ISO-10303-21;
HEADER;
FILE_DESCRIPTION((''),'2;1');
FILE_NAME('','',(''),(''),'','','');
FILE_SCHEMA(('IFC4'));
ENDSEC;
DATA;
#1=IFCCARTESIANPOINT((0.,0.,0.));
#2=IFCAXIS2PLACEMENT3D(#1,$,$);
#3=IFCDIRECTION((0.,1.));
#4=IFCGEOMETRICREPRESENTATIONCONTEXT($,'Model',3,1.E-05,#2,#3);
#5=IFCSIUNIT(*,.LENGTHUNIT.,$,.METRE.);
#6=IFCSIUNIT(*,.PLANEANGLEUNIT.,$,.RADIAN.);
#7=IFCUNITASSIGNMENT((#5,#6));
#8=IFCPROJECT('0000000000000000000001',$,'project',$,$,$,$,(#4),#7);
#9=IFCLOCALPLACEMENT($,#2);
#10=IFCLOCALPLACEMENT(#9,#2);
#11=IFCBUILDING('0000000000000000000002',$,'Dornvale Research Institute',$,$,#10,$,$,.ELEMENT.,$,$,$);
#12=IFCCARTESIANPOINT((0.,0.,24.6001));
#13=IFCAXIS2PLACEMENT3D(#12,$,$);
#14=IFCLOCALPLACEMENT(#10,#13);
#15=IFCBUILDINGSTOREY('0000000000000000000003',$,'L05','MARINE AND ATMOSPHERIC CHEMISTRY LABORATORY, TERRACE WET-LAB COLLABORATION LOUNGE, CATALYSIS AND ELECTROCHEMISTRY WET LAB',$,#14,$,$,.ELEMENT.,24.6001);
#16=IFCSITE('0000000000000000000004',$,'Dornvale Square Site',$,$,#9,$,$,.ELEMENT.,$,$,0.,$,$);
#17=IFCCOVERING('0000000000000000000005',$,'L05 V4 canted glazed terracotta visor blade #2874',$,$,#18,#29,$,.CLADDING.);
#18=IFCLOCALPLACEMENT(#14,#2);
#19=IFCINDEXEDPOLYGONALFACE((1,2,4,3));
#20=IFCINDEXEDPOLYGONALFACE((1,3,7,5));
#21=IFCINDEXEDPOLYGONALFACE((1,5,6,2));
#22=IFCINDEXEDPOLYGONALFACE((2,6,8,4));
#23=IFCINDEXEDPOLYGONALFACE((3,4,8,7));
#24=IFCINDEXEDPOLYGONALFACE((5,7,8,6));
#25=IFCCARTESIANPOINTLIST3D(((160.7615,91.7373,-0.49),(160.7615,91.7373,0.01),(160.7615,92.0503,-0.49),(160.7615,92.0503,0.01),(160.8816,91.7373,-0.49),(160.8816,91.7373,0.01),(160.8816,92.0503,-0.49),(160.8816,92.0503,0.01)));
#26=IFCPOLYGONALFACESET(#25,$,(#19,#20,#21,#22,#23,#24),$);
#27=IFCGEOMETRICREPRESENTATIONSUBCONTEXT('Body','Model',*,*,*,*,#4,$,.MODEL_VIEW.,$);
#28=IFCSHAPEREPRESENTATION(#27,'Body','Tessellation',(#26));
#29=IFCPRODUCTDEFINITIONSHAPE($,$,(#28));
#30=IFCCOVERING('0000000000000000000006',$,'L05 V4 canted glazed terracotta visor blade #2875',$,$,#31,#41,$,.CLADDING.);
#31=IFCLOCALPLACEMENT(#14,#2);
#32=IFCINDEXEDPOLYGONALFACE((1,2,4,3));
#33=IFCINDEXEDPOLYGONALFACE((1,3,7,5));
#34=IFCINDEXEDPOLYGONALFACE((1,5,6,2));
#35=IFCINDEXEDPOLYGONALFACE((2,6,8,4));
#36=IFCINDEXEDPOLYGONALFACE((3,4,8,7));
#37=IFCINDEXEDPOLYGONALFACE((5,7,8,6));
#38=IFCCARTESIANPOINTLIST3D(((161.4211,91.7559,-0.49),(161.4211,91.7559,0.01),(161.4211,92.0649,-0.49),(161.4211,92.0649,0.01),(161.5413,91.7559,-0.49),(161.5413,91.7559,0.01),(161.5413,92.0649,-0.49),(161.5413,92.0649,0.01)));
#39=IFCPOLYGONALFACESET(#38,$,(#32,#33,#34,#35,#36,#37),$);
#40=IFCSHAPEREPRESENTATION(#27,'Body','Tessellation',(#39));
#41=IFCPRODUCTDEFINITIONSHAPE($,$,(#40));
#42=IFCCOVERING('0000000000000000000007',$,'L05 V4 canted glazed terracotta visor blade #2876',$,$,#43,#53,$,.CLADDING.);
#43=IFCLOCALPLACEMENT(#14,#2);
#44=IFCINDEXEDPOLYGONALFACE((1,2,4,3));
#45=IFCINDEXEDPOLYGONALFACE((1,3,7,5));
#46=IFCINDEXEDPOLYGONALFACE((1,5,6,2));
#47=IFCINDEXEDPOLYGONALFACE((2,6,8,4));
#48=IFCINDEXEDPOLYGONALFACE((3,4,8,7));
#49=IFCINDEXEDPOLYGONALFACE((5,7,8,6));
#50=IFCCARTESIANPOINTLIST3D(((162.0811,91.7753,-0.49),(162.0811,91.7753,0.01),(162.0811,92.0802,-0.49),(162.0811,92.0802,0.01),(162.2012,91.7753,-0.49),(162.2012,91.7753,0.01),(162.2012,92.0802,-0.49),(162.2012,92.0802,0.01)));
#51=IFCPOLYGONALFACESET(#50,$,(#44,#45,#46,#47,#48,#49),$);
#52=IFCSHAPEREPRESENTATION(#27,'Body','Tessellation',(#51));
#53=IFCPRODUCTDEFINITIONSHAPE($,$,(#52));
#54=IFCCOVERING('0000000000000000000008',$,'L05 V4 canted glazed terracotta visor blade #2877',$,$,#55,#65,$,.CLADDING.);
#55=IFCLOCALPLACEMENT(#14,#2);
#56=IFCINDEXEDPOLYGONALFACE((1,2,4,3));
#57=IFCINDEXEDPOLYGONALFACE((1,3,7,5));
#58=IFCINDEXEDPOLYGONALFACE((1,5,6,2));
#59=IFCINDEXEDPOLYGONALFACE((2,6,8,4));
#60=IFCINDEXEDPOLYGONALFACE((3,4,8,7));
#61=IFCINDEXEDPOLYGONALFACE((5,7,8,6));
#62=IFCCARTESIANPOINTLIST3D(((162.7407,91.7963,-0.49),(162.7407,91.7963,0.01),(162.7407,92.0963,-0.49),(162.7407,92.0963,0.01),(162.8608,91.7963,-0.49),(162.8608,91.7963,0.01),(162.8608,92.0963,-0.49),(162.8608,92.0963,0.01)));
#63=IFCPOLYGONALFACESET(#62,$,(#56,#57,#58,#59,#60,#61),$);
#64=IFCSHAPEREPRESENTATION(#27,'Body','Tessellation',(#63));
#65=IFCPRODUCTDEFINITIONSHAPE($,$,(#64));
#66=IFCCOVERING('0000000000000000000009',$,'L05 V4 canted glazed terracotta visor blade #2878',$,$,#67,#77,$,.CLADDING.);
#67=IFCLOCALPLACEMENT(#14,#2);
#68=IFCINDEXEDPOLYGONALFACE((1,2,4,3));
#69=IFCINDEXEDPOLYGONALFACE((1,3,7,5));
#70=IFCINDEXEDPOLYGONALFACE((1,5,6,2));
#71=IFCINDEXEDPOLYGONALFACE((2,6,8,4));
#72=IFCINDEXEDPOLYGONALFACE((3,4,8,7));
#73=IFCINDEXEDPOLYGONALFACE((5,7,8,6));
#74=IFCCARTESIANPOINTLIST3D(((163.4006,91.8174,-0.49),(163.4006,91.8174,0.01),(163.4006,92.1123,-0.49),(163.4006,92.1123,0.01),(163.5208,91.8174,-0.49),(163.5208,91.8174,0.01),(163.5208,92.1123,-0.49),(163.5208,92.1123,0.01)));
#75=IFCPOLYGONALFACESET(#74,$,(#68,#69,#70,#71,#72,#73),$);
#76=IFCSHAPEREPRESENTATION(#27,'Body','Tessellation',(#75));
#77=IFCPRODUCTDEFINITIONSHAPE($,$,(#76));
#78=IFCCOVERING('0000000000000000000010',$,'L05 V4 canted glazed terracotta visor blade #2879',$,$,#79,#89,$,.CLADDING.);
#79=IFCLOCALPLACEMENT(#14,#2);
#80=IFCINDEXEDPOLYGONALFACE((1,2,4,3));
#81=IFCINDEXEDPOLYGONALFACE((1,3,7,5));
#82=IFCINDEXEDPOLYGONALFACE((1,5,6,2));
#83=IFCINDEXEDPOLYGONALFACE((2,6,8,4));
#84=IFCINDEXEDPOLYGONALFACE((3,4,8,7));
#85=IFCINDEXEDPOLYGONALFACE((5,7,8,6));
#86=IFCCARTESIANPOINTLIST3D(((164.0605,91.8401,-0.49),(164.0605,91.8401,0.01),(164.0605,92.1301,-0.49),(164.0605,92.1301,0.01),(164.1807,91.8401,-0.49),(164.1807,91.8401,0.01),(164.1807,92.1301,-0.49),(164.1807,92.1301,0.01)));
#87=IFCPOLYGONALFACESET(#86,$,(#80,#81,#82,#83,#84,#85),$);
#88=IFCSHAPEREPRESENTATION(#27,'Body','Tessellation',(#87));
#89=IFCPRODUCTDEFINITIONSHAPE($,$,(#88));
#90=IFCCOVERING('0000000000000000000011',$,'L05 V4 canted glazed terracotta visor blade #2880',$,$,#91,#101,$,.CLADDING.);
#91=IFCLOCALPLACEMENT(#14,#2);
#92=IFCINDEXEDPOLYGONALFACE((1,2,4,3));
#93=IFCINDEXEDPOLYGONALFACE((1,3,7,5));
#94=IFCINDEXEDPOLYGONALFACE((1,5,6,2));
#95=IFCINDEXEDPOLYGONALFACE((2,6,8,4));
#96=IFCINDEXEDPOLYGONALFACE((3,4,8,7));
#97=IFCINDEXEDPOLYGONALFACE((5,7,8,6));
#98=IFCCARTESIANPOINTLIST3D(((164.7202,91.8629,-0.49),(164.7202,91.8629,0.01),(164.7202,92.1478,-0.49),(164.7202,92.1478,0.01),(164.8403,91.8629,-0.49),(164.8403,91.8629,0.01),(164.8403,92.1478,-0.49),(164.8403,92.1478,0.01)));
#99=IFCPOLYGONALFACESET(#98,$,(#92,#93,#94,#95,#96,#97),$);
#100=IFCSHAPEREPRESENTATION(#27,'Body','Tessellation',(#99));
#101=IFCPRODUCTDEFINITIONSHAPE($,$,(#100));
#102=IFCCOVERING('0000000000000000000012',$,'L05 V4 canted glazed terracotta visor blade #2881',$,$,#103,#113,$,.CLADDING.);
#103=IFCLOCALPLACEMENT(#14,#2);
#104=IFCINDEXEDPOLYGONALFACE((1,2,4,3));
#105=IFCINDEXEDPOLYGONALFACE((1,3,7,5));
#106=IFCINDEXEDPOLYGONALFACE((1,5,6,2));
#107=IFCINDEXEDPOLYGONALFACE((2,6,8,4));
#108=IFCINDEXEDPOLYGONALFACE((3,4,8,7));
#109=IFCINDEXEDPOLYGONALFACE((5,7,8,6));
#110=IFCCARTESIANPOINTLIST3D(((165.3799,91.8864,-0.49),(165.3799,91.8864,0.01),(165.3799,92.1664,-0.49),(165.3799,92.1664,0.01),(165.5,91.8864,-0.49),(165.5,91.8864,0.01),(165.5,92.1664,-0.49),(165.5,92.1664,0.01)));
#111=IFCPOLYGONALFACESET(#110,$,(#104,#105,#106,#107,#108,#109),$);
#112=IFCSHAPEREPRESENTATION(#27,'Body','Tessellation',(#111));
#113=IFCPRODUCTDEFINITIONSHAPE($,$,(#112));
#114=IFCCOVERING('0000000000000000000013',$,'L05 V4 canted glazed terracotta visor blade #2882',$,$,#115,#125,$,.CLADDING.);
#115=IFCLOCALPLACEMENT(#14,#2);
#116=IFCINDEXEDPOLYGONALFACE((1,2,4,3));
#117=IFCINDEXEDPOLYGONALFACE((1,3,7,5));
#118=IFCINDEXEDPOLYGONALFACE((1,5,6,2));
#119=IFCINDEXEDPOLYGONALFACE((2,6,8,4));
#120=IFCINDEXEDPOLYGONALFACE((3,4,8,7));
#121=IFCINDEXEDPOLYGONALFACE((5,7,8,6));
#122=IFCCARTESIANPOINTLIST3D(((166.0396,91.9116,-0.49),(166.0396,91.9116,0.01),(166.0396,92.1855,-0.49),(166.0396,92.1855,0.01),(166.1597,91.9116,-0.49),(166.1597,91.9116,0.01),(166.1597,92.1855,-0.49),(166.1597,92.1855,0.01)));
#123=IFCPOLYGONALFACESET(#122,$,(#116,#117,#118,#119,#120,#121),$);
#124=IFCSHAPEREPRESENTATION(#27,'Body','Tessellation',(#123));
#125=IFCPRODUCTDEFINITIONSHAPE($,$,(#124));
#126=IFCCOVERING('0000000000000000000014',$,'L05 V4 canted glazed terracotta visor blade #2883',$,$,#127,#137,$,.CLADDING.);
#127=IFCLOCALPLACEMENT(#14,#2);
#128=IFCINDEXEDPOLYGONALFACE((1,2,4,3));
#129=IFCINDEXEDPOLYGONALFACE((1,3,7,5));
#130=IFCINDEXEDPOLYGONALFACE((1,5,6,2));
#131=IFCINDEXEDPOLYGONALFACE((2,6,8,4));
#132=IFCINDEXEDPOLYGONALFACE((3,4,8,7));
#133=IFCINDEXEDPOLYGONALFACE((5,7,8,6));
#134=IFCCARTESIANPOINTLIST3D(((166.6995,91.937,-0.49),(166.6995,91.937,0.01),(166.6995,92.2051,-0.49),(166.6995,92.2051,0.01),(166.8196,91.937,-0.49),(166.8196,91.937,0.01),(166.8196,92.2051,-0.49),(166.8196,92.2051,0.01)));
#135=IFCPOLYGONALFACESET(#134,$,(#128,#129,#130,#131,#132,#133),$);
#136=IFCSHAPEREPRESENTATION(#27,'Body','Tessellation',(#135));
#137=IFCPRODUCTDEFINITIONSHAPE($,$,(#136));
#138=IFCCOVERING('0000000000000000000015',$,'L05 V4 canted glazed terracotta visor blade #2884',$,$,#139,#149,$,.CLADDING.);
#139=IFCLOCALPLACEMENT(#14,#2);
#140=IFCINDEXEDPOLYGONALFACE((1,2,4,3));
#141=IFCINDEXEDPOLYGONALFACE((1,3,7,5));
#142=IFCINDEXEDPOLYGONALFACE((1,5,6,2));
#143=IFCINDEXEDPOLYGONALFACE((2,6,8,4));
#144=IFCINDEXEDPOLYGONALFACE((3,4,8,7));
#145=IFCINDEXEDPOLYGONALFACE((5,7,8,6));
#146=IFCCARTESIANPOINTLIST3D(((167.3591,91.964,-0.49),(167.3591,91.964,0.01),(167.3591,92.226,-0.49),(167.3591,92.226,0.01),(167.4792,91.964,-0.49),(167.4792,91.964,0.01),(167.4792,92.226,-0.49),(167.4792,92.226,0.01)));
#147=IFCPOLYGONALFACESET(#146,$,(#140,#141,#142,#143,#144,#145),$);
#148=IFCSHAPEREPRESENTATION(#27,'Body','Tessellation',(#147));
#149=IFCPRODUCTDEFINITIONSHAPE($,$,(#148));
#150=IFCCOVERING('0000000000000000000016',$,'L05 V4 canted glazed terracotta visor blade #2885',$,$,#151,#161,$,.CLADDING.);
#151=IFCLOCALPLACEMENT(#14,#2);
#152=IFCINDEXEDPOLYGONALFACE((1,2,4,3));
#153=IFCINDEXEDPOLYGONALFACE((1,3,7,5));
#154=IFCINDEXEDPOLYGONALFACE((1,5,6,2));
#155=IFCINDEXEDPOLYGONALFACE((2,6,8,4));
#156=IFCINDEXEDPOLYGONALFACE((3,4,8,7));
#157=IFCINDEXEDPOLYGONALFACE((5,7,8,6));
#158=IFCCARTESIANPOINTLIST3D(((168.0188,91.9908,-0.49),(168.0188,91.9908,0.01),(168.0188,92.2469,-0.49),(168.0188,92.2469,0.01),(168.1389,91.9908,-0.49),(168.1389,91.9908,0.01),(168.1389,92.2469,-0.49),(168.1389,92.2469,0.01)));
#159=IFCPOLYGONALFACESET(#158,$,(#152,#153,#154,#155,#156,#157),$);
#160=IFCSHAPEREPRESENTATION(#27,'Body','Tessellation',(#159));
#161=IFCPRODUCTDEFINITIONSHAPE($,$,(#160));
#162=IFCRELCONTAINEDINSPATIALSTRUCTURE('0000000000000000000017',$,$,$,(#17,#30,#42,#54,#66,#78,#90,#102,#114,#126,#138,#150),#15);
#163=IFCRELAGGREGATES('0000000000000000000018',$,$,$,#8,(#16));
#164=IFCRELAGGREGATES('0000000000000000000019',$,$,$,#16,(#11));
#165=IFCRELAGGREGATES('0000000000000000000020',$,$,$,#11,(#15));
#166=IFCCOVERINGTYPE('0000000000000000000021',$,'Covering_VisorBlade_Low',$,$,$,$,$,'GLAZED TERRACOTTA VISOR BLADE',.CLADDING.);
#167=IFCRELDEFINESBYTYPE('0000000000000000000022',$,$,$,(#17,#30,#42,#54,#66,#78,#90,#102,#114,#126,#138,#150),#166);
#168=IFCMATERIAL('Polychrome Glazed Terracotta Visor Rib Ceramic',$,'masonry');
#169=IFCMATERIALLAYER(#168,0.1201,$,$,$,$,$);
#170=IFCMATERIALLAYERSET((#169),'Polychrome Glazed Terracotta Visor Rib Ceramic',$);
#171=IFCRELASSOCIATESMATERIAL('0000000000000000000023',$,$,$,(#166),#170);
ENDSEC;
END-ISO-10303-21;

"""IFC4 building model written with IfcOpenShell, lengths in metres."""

from ifc_helpers import new_model, si_unit, direction, frame, origin, origin_2d, place, context, subcontext, project, spatial, rectangle, extrude, material, layer, layer_set, type_object, element, save


model = new_model("IFC4")

# Units and contexts
model_context = context("Model", 3, precision=1e-05, world=origin(), true_north=direction((0.0, 1.0)))
body_context = subcontext(model_context, "Body", "Model", "MODEL_VIEW")
ifc_project = project(units=[si_unit("LENGTHUNIT", "METRE"), si_unit("PLANEANGLEUNIT", "RADIAN")], contexts=[model_context])

# Site, building, storey
site_placement = place(None, origin())
site = spatial("IfcSite", under=ifc_project, at=site_placement, Name="Dornvale Square Site", CompositionType="ELEMENT", RefElevation=0.0)
building_placement = place(site_placement, origin())
building = spatial("IfcBuilding", under=site, at=building_placement, Name="Dornvale Research Institute", CompositionType="ELEMENT")
storey_placement = place(building_placement, frame((0.0, 0.0, 24.6001)))
storey = spatial("IfcBuildingStorey", under=building, at=storey_placement, Name="L05", Description="MARINE AND ATMOSPHERIC CHEMISTRY LABORATORY, TERRACE WET-LAB COLLABORATION LOUNGE, CATALYSIS AND ELECTROCHEMISTRY WET LAB", CompositionType="ELEMENT", Elevation=24.6001)

# Coverings
ifc_material_1 = material(Name="Polychrome Glazed Terracotta Visor Rib Ceramic", Category="masonry")
ifc_layer_1 = layer(ifc_material_1, 0.1201)
ifc_layer_set_1 = layer_set([ifc_layer_1], Name="Polychrome Glazed Terracotta Visor Rib Ceramic")
covering_type = type_object("IfcCoveringType", Name="Covering_VisorBlade_Low", ElementType="GLAZED TERRACOTTA VISOR BLADE", PredefinedType="CLADDING", material=ifc_layer_set_1)
covering_1_placement = place(storey_placement, frame((160.8215, 91.8938, -0.49), z_axis=(0.0, 0.0, 1.0), x_axis=(0.0, 1.0, 0.0)))
element("IfcCovering", 1, at=covering_1_placement, inside=storey, type_object=covering_type, Name="L05 V4 canted glazed terracotta visor blade #2874", PredefinedType="CLADDING", context=body_context, shape_type="SweptSolid", body=[
    extrude(rectangle(XDim=0.313, YDim=0.1201, at=origin_2d()), origin(), (0.0, 0.0, 1.0), 0.5),
])
covering_2_placement = place(storey_placement, frame((161.4812, 91.9104, -0.49), z_axis=(0.0, 0.0, 1.0), x_axis=(0.0, 1.0, 0.0)))
element("IfcCovering", 2, at=covering_2_placement, inside=storey, type_object=covering_type, Name="L05 V4 canted glazed terracotta visor blade #2875", PredefinedType="CLADDING", context=body_context, shape_type="SweptSolid", body=[
    extrude(rectangle(XDim=0.3091, YDim=0.1201, at=origin_2d()), origin(), (0.0, 0.0, 1.0), 0.5),
])
covering_3_placement = place(storey_placement, frame((162.1411, 91.9277, -0.49), z_axis=(0.0, 0.0, 1.0), x_axis=(0.0, 1.0, 0.0)))
element("IfcCovering", 3, at=covering_3_placement, inside=storey, type_object=covering_type, Name="L05 V4 canted glazed terracotta visor blade #2876", PredefinedType="CLADDING", context=body_context, shape_type="SweptSolid", body=[
    extrude(rectangle(XDim=0.3049, YDim=0.1201, at=origin_2d()), origin(), (0.0, 0.0, 1.0), 0.5),
])
covering_4_placement = place(storey_placement, frame((162.8008, 91.9463, -0.49), z_axis=(0.0, 0.0, 1.0), x_axis=(0.0, 1.0, 0.0)))
element("IfcCovering", 4, at=covering_4_placement, inside=storey, type_object=covering_type, Name="L05 V4 canted glazed terracotta visor blade #2877", PredefinedType="CLADDING", context=body_context, shape_type="SweptSolid", body=[
    extrude(rectangle(XDim=0.3, YDim=0.1201, at=origin_2d()), origin(), (0.0, 0.0, 1.0), 0.5),
])
covering_5_placement = place(storey_placement, frame((163.4607, 91.9648, -0.49), z_axis=(0.0, 0.0, 1.0), x_axis=(0.0, 1.0, 0.0)))
element("IfcCovering", 5, at=covering_5_placement, inside=storey, type_object=covering_type, Name="L05 V4 canted glazed terracotta visor blade #2878", PredefinedType="CLADDING", context=body_context, shape_type="SweptSolid", body=[
    extrude(rectangle(XDim=0.2949, YDim=0.1201, at=origin_2d()), origin(), (0.0, 0.0, 1.0), 0.5),
])
covering_6_placement = place(storey_placement, frame((164.1206, 91.9851, -0.49), z_axis=(0.0, 0.0, 1.0), x_axis=(0.0, 1.0, 0.0)))
element("IfcCovering", 6, at=covering_6_placement, inside=storey, type_object=covering_type, Name="L05 V4 canted glazed terracotta visor blade #2879", PredefinedType="CLADDING", context=body_context, shape_type="SweptSolid", body=[
    extrude(rectangle(XDim=0.29, YDim=0.1201, at=origin_2d()), origin(), (0.0, 0.0, 1.0), 0.5),
])
covering_7_placement = place(storey_placement, frame((164.7803, 92.0054, -0.49), z_axis=(0.0, 0.0, 1.0), x_axis=(0.0, 1.0, 0.0)))
element("IfcCovering", 7, at=covering_7_placement, inside=storey, type_object=covering_type, Name="L05 V4 canted glazed terracotta visor blade #2880", PredefinedType="CLADDING", context=body_context, shape_type="SweptSolid", body=[
    extrude(rectangle(XDim=0.2849, YDim=0.1201, at=origin_2d()), origin(), (0.0, 0.0, 1.0), 0.5),
])
covering_8_placement = place(storey_placement, frame((165.4399, 92.0264, -0.49), z_axis=(0.0, 0.0, 1.0), x_axis=(0.0, 1.0, 0.0)))
element("IfcCovering", 8, at=covering_8_placement, inside=storey, type_object=covering_type, Name="L05 V4 canted glazed terracotta visor blade #2881", PredefinedType="CLADDING", context=body_context, shape_type="SweptSolid", body=[
    extrude(rectangle(XDim=0.28, YDim=0.1201, at=origin_2d()), origin(), (0.0, 0.0, 1.0), 0.5),
])
covering_9_placement = place(storey_placement, frame((166.0996, 92.0486, -0.49), z_axis=(0.0, 0.0, 1.0), x_axis=(0.0, 1.0, 0.0)))
element("IfcCovering", 9, at=covering_9_placement, inside=storey, type_object=covering_type, Name="L05 V4 canted glazed terracotta visor blade #2882", PredefinedType="CLADDING", context=body_context, shape_type="SweptSolid", body=[
    extrude(rectangle(XDim=0.2739, YDim=0.1201, at=origin_2d()), origin(), (0.0, 0.0, 1.0), 0.5),
])
covering_10_placement = place(storey_placement, frame((166.7595, 92.071, -0.49), z_axis=(0.0, 0.0, 1.0), x_axis=(0.0, 1.0, 0.0)))
element("IfcCovering", 10, at=covering_10_placement, inside=storey, type_object=covering_type, Name="L05 V4 canted glazed terracotta visor blade #2883", PredefinedType="CLADDING", context=body_context, shape_type="SweptSolid", body=[
    extrude(rectangle(XDim=0.2681, YDim=0.1201, at=origin_2d()), origin(), (0.0, 0.0, 1.0), 0.5),
])
covering_11_placement = place(storey_placement, frame((167.4192, 92.095, -0.49), z_axis=(0.0, 0.0, 1.0), x_axis=(0.0, 1.0, 0.0)))
element("IfcCovering", 11, at=covering_11_placement, inside=storey, type_object=covering_type, Name="L05 V4 canted glazed terracotta visor blade #2884", PredefinedType="CLADDING", context=body_context, shape_type="SweptSolid", body=[
    extrude(rectangle(XDim=0.262, YDim=0.1201, at=origin_2d()), origin(), (0.0, 0.0, 1.0), 0.5),
])
covering_12_placement = place(storey_placement, frame((168.0789, 92.1189, -0.49), z_axis=(0.0, 0.0, 1.0), x_axis=(0.0, 1.0, 0.0)))
element("IfcCovering", 12, at=covering_12_placement, inside=storey, type_object=covering_type, Name="L05 V4 canted glazed terracotta visor blade #2885", PredefinedType="CLADDING", context=body_context, shape_type="SweptSolid", body=[
    extrude(rectangle(XDim=0.2561, YDim=0.1201, at=origin_2d()), origin(), (0.0, 0.0, 1.0), 0.5),
])

save(model, "model.ifc")
